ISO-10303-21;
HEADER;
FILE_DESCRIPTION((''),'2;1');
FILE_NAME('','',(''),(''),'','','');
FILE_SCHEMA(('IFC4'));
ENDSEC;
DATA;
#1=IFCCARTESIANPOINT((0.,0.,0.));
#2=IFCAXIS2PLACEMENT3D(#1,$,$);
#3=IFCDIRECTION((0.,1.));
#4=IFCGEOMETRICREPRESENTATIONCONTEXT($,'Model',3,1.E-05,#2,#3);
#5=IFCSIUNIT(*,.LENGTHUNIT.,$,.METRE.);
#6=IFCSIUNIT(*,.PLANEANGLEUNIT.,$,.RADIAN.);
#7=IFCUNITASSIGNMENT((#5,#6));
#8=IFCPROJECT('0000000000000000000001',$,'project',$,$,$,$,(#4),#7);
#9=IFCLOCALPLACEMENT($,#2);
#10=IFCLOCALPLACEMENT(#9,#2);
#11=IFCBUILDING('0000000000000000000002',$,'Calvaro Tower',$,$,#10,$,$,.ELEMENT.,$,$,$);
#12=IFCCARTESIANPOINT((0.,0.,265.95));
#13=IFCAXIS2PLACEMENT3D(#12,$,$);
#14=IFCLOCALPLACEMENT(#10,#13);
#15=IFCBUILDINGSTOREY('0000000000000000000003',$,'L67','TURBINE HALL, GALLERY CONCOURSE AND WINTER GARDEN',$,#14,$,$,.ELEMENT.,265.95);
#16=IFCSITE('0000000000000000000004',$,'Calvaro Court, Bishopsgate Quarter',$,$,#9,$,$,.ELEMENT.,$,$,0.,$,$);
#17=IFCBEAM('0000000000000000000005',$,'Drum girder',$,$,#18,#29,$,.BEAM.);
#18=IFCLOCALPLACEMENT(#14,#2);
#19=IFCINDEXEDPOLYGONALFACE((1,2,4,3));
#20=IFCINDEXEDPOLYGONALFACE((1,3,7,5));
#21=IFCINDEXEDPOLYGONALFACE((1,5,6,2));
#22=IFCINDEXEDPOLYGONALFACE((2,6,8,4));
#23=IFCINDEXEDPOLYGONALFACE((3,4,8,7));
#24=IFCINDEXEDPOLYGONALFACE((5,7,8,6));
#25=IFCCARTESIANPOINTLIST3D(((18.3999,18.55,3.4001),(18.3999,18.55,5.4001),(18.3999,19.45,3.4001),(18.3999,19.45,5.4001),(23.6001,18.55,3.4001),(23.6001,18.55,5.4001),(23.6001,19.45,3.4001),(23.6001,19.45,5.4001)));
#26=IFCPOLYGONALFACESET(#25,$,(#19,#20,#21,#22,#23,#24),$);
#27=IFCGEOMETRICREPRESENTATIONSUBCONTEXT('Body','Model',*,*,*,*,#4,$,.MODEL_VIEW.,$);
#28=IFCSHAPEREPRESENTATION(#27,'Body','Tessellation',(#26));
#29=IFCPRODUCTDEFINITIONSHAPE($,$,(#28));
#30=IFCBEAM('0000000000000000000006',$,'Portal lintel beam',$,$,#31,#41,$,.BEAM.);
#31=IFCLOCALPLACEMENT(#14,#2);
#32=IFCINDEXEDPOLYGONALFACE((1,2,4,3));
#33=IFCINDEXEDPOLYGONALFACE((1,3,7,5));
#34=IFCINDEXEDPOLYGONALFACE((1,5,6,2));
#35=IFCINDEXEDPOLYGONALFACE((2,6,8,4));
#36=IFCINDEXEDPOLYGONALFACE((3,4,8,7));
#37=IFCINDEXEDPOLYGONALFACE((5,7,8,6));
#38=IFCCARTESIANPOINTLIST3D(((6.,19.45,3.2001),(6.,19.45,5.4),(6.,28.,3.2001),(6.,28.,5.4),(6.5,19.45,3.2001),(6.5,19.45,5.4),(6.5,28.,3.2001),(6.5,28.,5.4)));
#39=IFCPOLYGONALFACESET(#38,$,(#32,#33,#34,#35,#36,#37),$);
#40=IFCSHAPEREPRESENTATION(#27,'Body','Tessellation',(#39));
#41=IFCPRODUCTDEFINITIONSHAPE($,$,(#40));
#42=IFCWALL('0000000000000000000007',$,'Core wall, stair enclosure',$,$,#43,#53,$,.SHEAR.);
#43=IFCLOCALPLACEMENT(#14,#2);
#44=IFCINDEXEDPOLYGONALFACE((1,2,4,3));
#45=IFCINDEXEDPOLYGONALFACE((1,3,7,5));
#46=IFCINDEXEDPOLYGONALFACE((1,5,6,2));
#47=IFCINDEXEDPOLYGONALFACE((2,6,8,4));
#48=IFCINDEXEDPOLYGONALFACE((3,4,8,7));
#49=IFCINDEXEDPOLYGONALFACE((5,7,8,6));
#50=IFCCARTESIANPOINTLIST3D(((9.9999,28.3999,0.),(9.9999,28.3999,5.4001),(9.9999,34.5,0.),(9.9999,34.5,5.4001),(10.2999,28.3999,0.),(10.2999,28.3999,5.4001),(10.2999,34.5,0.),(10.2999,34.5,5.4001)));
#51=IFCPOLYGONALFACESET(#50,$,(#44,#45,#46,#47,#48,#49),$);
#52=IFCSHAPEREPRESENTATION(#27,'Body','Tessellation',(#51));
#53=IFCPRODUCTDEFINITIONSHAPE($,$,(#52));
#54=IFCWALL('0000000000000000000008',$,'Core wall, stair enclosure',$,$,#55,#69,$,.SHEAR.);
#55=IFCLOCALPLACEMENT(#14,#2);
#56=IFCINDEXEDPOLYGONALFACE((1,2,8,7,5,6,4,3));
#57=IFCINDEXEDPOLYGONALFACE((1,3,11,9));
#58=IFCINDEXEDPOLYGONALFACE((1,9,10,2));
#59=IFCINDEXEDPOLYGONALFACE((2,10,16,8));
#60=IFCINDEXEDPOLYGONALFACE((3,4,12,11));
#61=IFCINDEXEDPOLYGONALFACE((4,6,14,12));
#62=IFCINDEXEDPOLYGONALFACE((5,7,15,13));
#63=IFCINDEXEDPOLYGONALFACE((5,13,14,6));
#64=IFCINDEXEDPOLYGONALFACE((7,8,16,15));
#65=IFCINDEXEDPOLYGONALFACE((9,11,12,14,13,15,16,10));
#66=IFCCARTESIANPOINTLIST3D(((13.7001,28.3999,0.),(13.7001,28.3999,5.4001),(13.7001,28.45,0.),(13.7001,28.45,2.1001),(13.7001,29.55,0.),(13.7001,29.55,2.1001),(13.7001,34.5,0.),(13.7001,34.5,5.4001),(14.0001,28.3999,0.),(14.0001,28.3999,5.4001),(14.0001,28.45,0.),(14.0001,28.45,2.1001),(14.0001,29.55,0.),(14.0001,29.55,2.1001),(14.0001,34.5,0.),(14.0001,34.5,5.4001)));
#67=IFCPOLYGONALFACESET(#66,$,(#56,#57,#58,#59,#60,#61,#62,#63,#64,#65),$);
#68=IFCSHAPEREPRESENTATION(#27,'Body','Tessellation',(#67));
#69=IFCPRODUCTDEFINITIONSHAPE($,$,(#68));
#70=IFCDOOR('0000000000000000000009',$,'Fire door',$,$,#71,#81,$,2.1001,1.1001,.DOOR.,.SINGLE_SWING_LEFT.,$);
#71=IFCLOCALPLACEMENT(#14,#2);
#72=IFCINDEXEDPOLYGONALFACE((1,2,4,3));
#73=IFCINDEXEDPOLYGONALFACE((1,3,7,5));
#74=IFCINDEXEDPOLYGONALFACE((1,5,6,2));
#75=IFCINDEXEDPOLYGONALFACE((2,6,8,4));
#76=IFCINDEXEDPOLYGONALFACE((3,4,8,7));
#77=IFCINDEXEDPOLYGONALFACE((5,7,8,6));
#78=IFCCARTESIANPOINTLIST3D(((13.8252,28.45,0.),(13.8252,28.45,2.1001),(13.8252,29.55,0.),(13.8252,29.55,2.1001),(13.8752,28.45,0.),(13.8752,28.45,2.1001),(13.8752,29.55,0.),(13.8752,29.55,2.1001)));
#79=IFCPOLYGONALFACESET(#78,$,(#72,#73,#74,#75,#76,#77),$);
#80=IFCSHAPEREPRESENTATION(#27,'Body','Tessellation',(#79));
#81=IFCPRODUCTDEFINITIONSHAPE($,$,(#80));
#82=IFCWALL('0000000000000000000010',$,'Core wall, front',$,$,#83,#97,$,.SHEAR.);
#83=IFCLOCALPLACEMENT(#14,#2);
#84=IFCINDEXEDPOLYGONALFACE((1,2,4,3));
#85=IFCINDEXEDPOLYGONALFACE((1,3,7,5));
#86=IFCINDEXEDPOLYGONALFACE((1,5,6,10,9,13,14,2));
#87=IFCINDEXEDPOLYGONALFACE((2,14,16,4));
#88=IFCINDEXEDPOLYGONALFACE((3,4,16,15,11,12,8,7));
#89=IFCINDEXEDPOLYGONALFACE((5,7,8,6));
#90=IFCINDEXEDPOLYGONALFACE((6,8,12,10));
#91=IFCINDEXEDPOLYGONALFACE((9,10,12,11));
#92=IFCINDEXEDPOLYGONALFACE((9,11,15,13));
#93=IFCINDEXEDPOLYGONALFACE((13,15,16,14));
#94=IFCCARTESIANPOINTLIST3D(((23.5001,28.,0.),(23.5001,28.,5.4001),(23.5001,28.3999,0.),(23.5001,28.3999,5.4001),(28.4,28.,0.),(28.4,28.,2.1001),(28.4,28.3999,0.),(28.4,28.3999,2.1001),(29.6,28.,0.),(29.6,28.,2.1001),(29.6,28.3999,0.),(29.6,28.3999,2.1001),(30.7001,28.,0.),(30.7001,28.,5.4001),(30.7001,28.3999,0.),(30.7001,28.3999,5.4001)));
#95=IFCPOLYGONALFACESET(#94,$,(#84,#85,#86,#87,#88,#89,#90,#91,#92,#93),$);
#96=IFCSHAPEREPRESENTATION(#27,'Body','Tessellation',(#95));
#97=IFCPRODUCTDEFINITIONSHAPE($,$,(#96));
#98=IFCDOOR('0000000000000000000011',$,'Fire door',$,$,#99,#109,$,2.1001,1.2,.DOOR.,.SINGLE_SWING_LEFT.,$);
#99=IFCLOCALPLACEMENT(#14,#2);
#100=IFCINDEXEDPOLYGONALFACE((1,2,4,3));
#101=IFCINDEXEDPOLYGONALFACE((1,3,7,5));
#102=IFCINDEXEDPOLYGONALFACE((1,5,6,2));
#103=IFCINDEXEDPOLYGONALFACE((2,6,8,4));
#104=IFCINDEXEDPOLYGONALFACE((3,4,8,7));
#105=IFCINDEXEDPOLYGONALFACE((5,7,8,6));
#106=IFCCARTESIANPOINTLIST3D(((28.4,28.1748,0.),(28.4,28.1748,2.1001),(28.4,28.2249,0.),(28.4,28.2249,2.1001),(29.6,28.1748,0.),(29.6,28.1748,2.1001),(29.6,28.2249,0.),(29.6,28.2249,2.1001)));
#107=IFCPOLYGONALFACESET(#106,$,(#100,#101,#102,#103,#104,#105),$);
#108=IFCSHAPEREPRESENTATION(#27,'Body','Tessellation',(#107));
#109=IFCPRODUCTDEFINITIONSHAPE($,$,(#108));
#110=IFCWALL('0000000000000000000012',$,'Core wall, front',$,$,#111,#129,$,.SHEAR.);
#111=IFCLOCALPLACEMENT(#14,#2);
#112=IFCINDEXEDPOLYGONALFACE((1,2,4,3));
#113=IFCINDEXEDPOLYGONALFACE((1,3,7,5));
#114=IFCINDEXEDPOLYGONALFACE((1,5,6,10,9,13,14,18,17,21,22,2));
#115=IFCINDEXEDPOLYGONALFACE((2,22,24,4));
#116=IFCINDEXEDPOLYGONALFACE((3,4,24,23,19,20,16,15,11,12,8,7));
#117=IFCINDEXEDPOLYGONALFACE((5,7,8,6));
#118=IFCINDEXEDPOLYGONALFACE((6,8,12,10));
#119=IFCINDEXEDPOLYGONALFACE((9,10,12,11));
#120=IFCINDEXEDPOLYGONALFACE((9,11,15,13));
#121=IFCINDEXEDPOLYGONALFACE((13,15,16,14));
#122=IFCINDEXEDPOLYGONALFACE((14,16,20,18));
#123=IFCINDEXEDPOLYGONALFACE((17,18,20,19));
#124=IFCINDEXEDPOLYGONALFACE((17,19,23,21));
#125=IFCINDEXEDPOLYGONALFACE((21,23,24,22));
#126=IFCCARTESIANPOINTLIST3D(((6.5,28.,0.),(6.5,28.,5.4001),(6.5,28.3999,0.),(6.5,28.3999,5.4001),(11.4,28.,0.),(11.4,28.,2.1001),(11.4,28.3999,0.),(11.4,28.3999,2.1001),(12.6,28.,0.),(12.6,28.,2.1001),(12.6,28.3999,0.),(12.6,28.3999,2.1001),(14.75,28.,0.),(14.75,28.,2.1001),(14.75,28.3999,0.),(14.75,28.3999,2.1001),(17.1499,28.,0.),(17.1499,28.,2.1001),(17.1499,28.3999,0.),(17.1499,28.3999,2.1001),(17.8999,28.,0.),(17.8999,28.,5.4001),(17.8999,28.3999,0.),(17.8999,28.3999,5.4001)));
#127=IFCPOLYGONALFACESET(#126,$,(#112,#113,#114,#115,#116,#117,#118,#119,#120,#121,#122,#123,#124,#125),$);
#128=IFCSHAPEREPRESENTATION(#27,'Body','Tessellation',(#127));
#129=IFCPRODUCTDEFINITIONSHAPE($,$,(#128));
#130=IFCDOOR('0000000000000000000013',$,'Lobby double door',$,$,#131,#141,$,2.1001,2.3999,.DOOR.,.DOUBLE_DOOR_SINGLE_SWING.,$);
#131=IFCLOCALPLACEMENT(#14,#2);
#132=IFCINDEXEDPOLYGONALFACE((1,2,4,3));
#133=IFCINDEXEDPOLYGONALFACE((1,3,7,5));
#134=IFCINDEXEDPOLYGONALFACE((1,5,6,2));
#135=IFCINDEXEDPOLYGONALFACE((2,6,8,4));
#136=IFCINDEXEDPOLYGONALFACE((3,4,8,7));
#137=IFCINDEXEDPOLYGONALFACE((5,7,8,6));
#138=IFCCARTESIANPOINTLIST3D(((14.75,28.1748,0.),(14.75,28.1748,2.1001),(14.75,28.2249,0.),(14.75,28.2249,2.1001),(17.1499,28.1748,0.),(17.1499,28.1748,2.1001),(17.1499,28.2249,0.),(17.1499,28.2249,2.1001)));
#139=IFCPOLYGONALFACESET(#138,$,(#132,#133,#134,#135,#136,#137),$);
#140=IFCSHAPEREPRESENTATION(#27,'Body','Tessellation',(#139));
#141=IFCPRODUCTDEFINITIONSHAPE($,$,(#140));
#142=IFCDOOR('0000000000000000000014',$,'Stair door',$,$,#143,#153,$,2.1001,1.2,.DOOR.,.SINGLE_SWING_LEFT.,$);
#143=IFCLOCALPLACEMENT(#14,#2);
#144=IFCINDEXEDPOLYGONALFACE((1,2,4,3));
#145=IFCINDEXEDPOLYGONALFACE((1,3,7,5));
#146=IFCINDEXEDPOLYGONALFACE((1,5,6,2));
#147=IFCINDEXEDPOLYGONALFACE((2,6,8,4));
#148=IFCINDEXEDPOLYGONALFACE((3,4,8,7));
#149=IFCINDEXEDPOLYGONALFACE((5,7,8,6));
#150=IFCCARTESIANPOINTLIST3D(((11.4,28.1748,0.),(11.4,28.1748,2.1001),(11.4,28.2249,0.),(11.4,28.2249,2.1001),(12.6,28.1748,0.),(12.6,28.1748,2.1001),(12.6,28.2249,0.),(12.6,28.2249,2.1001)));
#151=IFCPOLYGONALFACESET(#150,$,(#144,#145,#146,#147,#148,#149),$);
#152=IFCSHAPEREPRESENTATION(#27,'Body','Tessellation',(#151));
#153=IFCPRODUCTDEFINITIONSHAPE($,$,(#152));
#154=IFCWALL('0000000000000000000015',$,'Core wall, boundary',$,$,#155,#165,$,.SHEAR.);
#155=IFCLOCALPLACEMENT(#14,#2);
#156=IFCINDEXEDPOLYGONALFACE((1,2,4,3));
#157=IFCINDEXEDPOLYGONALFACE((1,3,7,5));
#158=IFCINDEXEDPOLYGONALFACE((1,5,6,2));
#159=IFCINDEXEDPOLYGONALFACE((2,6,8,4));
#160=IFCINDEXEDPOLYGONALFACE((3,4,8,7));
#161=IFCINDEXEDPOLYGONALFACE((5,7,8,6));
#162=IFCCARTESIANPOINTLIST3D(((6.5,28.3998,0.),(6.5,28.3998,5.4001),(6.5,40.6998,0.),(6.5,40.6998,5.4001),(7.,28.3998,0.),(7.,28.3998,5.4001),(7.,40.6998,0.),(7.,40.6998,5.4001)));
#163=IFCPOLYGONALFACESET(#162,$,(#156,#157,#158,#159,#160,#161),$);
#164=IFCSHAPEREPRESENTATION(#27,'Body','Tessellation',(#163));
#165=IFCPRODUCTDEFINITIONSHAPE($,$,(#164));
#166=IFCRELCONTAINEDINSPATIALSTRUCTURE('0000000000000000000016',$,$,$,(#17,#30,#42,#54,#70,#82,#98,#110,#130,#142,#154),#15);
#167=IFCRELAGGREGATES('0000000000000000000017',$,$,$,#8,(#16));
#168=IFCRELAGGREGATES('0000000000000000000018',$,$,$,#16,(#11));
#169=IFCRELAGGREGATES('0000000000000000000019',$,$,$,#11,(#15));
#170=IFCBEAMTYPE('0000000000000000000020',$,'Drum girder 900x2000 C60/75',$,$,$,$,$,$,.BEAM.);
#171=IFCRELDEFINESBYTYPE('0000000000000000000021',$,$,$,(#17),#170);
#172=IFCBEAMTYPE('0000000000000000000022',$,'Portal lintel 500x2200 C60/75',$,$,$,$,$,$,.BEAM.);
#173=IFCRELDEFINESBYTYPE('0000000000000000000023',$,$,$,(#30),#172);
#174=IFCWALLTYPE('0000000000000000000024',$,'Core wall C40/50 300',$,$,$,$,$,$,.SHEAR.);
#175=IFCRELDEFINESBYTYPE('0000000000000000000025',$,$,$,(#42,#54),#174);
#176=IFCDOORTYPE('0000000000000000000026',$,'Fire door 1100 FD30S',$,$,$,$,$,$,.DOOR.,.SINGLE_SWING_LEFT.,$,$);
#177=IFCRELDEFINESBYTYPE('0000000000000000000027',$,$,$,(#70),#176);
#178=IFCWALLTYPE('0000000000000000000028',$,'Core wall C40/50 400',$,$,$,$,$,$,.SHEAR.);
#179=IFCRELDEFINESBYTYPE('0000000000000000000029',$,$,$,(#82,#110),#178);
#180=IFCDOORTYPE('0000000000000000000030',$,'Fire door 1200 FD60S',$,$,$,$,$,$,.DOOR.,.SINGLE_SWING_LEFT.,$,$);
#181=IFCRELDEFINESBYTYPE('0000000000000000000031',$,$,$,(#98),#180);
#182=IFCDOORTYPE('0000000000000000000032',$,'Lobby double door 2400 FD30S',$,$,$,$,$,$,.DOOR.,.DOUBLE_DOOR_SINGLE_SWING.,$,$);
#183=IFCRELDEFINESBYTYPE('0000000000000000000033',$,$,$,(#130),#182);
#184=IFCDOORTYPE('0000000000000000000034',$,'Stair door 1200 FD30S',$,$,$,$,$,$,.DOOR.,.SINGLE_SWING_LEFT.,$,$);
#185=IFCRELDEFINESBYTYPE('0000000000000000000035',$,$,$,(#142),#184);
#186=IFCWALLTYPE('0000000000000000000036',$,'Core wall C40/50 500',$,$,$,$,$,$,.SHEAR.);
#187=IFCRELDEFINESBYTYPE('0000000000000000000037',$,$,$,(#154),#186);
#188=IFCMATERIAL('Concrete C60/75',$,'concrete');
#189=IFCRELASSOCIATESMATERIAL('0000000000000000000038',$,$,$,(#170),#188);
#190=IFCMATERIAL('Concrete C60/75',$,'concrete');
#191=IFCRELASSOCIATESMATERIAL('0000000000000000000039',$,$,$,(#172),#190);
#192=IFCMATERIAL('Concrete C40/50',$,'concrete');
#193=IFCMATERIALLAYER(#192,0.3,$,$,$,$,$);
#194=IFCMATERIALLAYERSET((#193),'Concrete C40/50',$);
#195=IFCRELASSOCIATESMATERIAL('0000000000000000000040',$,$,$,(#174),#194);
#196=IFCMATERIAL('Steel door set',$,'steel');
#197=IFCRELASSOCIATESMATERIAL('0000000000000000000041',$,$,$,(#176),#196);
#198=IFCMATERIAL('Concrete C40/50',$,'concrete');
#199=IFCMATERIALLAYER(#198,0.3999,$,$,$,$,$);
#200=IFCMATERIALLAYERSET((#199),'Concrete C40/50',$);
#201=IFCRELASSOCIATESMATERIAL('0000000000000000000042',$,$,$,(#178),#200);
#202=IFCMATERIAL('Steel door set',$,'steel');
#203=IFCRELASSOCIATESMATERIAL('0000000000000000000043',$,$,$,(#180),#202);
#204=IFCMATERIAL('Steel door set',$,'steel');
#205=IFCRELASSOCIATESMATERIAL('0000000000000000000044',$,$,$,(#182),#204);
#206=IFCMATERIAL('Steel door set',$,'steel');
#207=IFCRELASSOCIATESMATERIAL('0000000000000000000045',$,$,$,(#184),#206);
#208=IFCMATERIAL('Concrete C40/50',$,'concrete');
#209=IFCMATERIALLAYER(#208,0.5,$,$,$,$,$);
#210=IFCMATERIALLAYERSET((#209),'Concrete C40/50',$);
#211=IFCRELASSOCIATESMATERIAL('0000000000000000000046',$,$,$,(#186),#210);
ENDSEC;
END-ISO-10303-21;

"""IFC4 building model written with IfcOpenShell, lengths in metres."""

from ifc_helpers import new_model, si_unit, direction, frame, frame_2d, origin, origin_2d, place, context, subcontext, project, spatial, rectangle, extrude, material, layer, layer_set, material_profile, profile_set, type_object, element, fill, save


model = new_model("IFC4")

# Units and contexts
model_context = context("Model", 3, precision=1e-05, world=origin(), true_north=direction((0.0, 1.0)))
body_context = subcontext(model_context, "Body", "Model", "MODEL_VIEW")
ifc_project = project(units=[si_unit("LENGTHUNIT", "METRE"), si_unit("PLANEANGLEUNIT", "RADIAN")], contexts=[model_context])

# Site, building, storey
site_placement = place(None, origin())
site = spatial("IfcSite", under=ifc_project, at=site_placement, Name="Calvaro Court, Bishopsgate Quarter", CompositionType="ELEMENT", RefElevation=0.0)
building_placement = place(site_placement, origin())
building = spatial("IfcBuilding", under=site, at=building_placement, Name="Calvaro Tower", CompositionType="ELEMENT")
storey_placement = place(building_placement, frame((0.0, 0.0, 265.95)))
storey = spatial("IfcBuildingStorey", under=building, at=storey_placement, Name="L67", Description="TURBINE HALL, GALLERY CONCOURSE AND WINTER GARDEN", CompositionType="ELEMENT", Elevation=265.95)

# Beams
ifc_material_1 = material(Name="Concrete C60/75", Category="concrete")
ifc_material_profile_1 = material_profile(ifc_material_1, rectangle(XDim=0.8999, YDim=2.0, at=origin_2d()), Name="RC 900x2000")
ifc_profile_set_1 = profile_set([ifc_material_profile_1], Name="Concrete C60/75")
beam_type_1 = type_object("IfcBeamType", Name="Drum girder 900x2000 C60/75", PredefinedType="BEAM", material=ifc_profile_set_1)
beam_1_placement = place(storey_placement, frame((18.3999, 19.0, 4.4001), z_axis=(1.0, 0.0, 0.0), x_axis=(0.0, 1.0, 0.0)))
element("IfcBeam", 1, at=beam_1_placement, inside=storey, type_object=beam_type_1, Name="Drum girder", PredefinedType="BEAM", context=body_context, shape_type="SweptSolid", body=[
    extrude(rectangle(XDim=0.8999, YDim=2.0, at=origin_2d()), origin(), (0.0, 0.0, 1.0), 5.2002),
])
ifc_material_2 = material(Name="Concrete C60/75", Category="concrete")
ifc_material_profile_2 = material_profile(ifc_material_2, rectangle(XDim=0.5, YDim=2.2, at=origin_2d()), Name="RC 500x2200")
ifc_profile_set_2 = profile_set([ifc_material_profile_2], Name="Concrete C60/75")
beam_type_2 = type_object("IfcBeamType", Name="Portal lintel 500x2200 C60/75", PredefinedType="BEAM", material=ifc_profile_set_2)
beam_2_placement = place(storey_placement, frame((6.25, 19.45, 4.3), z_axis=(0.0, 1.0, 0.0), x_axis=(-1.0, 0.0, 0.0)))
element("IfcBeam", 2, at=beam_2_placement, inside=storey, type_object=beam_type_2, Name="Portal lintel beam", PredefinedType="BEAM", context=body_context, shape_type="SweptSolid", body=[
    extrude(rectangle(XDim=0.5, YDim=2.2, at=origin_2d()), origin(), (0.0, 0.0, 1.0), 8.55),
])

# Wall
ifc_material_3 = material(Name="Concrete C40/50", Category="concrete")
ifc_layer_1 = layer(ifc_material_3, 0.3)
ifc_layer_set_1 = layer_set([ifc_layer_1], Name="Concrete C40/50")
wall_type_1 = type_object("IfcWallType", Name="Core wall C40/50 300", PredefinedType="SHEAR", material=ifc_layer_set_1)
wall_1_placement = place(storey_placement, frame((10.1499, 28.3999, 0.0), z_axis=(0.0, 0.0, 1.0), x_axis=(0.0, 1.0, 0.0)))
element("IfcWall", 3, at=wall_1_placement, inside=storey, type_object=wall_type_1, Name="Core wall, stair enclosure", PredefinedType="SHEAR", context=body_context, shape_type="SweptSolid", body=[
    extrude(rectangle(XDim=6.1001, YDim=0.3, at=frame_2d((3.05, 0.0))), origin(), (0.0, 0.0, 1.0), 5.4001),
])

# Walls, openings, doors
wall_2_placement = place(storey_placement, frame((13.8501, 28.3999, 0.0), z_axis=(0.0, 0.0, 1.0), x_axis=(0.0, 1.0, 0.0)))
wall_2 = element("IfcWall", 4, at=wall_2_placement, inside=storey, type_object=wall_type_1, Name="Core wall, stair enclosure", PredefinedType="SHEAR", context=body_context, shape_type="SweptSolid", body=[
    extrude(rectangle(XDim=6.1001, YDim=0.3, at=frame_2d((3.05, 0.0))), origin(), (0.0, 0.0, 1.0), 5.4001),
])
opening_1_placement = place(wall_2_placement, frame((0.05, 0.0, 0.0)))
opening_1 = element("IfcOpeningElement", 5, at=opening_1_placement, cuts=wall_2, PredefinedType="OPENING", context=body_context, shape_type="SweptSolid", body=[
    extrude(rectangle(XDim=1.1001, YDim=2.1001, at=frame_2d((0.55, 1.05))), frame((0.0, 0.1599, 0.0), z_axis=(0.0, -1.0, 0.0), x_axis=(1.0, 0.0, 0.0)), (0.0, 0.0, 1.0), 0.3201),
])
ifc_material_4 = material(Name="Steel door set", Category="steel")
door_type_1 = type_object("IfcDoorType", Name="Fire door 1100 FD30S", OperationType="SINGLE_SWING_LEFT", PredefinedType="DOOR", material=ifc_material_4)
door_1_placement = place(opening_1_placement, origin())
door_1 = element("IfcDoor", 6, at=door_1_placement, inside=storey, type_object=door_type_1, Name="Fire door", OperationType="SINGLE_SWING_LEFT", OverallHeight=2.1001, OverallWidth=1.1001, PredefinedType="DOOR", context=body_context, shape_type="SweptSolid", body=[
    extrude(rectangle(XDim=1.1001, YDim=2.1001, at=frame_2d((0.55, 1.05))), frame((0.0, 0.0249, 0.0), z_axis=(0.0, -1.0, 0.0), x_axis=(1.0, 0.0, 0.0)), (0.0, 0.0, 1.0), 0.05),
])
fill(opening_1, door_1)
ifc_material_5 = material(Name="Concrete C40/50", Category="concrete")
ifc_layer_2 = layer(ifc_material_5, 0.3999)
ifc_layer_set_2 = layer_set([ifc_layer_2], Name="Concrete C40/50")
wall_type_2 = type_object("IfcWallType", Name="Core wall C40/50 400", PredefinedType="SHEAR", material=ifc_layer_set_2)
wall_3_placement = place(storey_placement, frame((23.5, 28.2, 0.0), z_axis=(0.0, 0.0, 1.0), x_axis=(1.0, 0.0, 0.0)))
wall_3 = element("IfcWall", 7, at=wall_3_placement, inside=storey, type_object=wall_type_2, Name="Core wall, front", PredefinedType="SHEAR", context=body_context, shape_type="SweptSolid", body=[
    extrude(rectangle(XDim=7.2, YDim=0.3999, at=frame_2d((3.6001, 0.0))), origin(), (0.0, 0.0, 1.0), 5.4001),
])
opening_2_placement = place(wall_3_placement, frame((4.8999, 0.0, 0.0)))
opening_2 = element("IfcOpeningElement", 8, at=opening_2_placement, cuts=wall_3, PredefinedType="OPENING", context=body_context, shape_type="SweptSolid", body=[
    extrude(rectangle(XDim=1.2, YDim=2.1001, at=frame_2d((0.6001, 1.05))), frame((0.0, 0.21, 0.0), z_axis=(0.0, -1.0, 0.0), x_axis=(1.0, 0.0, 0.0)), (0.0, 0.0, 1.0), 0.4199),
])
ifc_material_6 = material(Name="Steel door set", Category="steel")
door_type_2 = type_object("IfcDoorType", Name="Fire door 1200 FD60S", OperationType="SINGLE_SWING_LEFT", PredefinedType="DOOR", material=ifc_material_6)
door_2_placement = place(opening_2_placement, origin())
door_2 = element("IfcDoor", 9, at=door_2_placement, inside=storey, type_object=door_type_2, Name="Fire door", OperationType="SINGLE_SWING_LEFT", OverallHeight=2.1001, OverallWidth=1.2, PredefinedType="DOOR", context=body_context, shape_type="SweptSolid", body=[
    extrude(rectangle(XDim=1.2, YDim=2.1001, at=frame_2d((0.6001, 1.05))), frame((0.0, 0.0249, 0.0), z_axis=(0.0, -1.0, 0.0), x_axis=(1.0, 0.0, 0.0)), (0.0, 0.0, 1.0), 0.05),
])
fill(opening_2, door_2)

# Wall, openings, doors
wall_4_placement = place(storey_placement, frame((6.5, 28.2, 0.0), z_axis=(0.0, 0.0, 1.0), x_axis=(1.0, 0.0, 0.0)))
wall_4 = element("IfcWall", 10, at=wall_4_placement, inside=storey, type_object=wall_type_2, Name="Core wall, front", PredefinedType="SHEAR", context=body_context, shape_type="SweptSolid", body=[
    extrude(rectangle(XDim=11.3999, YDim=0.3999, at=frame_2d((5.7, 0.0))), origin(), (0.0, 0.0, 1.0), 5.4001),
])
opening_3_placement = place(wall_4_placement, frame((4.8999, 0.0, 0.0)))
opening_3 = element("IfcOpeningElement", 11, at=opening_3_placement, cuts=wall_4, PredefinedType="OPENING", context=body_context, shape_type="SweptSolid", body=[
    extrude(rectangle(XDim=1.2, YDim=2.1001, at=frame_2d((0.6001, 1.05))), frame((0.0, 0.21, 0.0), z_axis=(0.0, -1.0, 0.0), x_axis=(1.0, 0.0, 0.0)), (0.0, 0.0, 1.0), 0.4199),
])
opening_4_placement = place(wall_4_placement, frame((8.25, 0.0, 0.0)))
opening_4 = element("IfcOpeningElement", 12, at=opening_4_placement, cuts=wall_4, PredefinedType="OPENING", context=body_context, shape_type="SweptSolid", body=[
    extrude(rectangle(XDim=2.3999, YDim=2.1001, at=frame_2d((1.2, 1.05))), frame((0.0, 0.21, 0.0), z_axis=(0.0, -1.0, 0.0), x_axis=(1.0, 0.0, 0.0)), (0.0, 0.0, 1.0), 0.4199),
])
ifc_material_7 = material(Name="Steel door set", Category="steel")
door_type_3 = type_object("IfcDoorType", Name="Lobby double door 2400 FD30S", OperationType="DOUBLE_DOOR_SINGLE_SWING", PredefinedType="DOOR", material=ifc_material_7)
door_3_placement = place(opening_4_placement, origin())
door_3 = element("IfcDoor", 13, at=door_3_placement, inside=storey, type_object=door_type_3, Name="Lobby double door", OperationType="DOUBLE_DOOR_SINGLE_SWING", OverallHeight=2.1001, OverallWidth=2.3999, PredefinedType="DOOR", context=body_context, shape_type="SweptSolid", body=[
    extrude(rectangle(XDim=2.3999, YDim=2.1001, at=frame_2d((1.2, 1.05))), frame((0.0, 0.0249, 0.0), z_axis=(0.0, -1.0, 0.0), x_axis=(1.0, 0.0, 0.0)), (0.0, 0.0, 1.0), 0.05),
])
fill(opening_4, door_3)
ifc_material_8 = material(Name="Steel door set", Category="steel")
door_type_4 = type_object("IfcDoorType", Name="Stair door 1200 FD30S", OperationType="SINGLE_SWING_LEFT", PredefinedType="DOOR", material=ifc_material_8)
door_4_placement = place(opening_3_placement, origin())
door_4 = element("IfcDoor", 14, at=door_4_placement, inside=storey, type_object=door_type_4, Name="Stair door", OperationType="SINGLE_SWING_LEFT", OverallHeight=2.1001, OverallWidth=1.2, PredefinedType="DOOR", context=body_context, shape_type="SweptSolid", body=[
    extrude(rectangle(XDim=1.2, YDim=2.1001, at=frame_2d((0.6001, 1.05))), frame((0.0, 0.0249, 0.0), z_axis=(0.0, -1.0, 0.0), x_axis=(1.0, 0.0, 0.0)), (0.0, 0.0, 1.0), 0.05),
])
fill(opening_3, door_4)

# Wall
ifc_material_9 = material(Name="Concrete C40/50", Category="concrete")
ifc_layer_3 = layer(ifc_material_9, 0.5)
ifc_layer_set_3 = layer_set([ifc_layer_3], Name="Concrete C40/50")
wall_type_3 = type_object("IfcWallType", Name="Core wall C40/50 500", PredefinedType="SHEAR", material=ifc_layer_set_3)
wall_5_placement = place(storey_placement, frame((6.75, 28.3999, 0.0), z_axis=(0.0, 0.0, 1.0), x_axis=(0.0, 1.0, 0.0)))
element("IfcWall", 15, at=wall_5_placement, inside=storey, type_object=wall_type_3, Name="Core wall, boundary", PredefinedType="SHEAR", context=body_context, shape_type="SweptSolid", body=[
    extrude(rectangle(XDim=12.3, YDim=0.5, at=frame_2d((6.1499, 0.0))), origin(), (0.0, 0.0, 1.0), 5.4001),
])

save(model, "model.ifc")
